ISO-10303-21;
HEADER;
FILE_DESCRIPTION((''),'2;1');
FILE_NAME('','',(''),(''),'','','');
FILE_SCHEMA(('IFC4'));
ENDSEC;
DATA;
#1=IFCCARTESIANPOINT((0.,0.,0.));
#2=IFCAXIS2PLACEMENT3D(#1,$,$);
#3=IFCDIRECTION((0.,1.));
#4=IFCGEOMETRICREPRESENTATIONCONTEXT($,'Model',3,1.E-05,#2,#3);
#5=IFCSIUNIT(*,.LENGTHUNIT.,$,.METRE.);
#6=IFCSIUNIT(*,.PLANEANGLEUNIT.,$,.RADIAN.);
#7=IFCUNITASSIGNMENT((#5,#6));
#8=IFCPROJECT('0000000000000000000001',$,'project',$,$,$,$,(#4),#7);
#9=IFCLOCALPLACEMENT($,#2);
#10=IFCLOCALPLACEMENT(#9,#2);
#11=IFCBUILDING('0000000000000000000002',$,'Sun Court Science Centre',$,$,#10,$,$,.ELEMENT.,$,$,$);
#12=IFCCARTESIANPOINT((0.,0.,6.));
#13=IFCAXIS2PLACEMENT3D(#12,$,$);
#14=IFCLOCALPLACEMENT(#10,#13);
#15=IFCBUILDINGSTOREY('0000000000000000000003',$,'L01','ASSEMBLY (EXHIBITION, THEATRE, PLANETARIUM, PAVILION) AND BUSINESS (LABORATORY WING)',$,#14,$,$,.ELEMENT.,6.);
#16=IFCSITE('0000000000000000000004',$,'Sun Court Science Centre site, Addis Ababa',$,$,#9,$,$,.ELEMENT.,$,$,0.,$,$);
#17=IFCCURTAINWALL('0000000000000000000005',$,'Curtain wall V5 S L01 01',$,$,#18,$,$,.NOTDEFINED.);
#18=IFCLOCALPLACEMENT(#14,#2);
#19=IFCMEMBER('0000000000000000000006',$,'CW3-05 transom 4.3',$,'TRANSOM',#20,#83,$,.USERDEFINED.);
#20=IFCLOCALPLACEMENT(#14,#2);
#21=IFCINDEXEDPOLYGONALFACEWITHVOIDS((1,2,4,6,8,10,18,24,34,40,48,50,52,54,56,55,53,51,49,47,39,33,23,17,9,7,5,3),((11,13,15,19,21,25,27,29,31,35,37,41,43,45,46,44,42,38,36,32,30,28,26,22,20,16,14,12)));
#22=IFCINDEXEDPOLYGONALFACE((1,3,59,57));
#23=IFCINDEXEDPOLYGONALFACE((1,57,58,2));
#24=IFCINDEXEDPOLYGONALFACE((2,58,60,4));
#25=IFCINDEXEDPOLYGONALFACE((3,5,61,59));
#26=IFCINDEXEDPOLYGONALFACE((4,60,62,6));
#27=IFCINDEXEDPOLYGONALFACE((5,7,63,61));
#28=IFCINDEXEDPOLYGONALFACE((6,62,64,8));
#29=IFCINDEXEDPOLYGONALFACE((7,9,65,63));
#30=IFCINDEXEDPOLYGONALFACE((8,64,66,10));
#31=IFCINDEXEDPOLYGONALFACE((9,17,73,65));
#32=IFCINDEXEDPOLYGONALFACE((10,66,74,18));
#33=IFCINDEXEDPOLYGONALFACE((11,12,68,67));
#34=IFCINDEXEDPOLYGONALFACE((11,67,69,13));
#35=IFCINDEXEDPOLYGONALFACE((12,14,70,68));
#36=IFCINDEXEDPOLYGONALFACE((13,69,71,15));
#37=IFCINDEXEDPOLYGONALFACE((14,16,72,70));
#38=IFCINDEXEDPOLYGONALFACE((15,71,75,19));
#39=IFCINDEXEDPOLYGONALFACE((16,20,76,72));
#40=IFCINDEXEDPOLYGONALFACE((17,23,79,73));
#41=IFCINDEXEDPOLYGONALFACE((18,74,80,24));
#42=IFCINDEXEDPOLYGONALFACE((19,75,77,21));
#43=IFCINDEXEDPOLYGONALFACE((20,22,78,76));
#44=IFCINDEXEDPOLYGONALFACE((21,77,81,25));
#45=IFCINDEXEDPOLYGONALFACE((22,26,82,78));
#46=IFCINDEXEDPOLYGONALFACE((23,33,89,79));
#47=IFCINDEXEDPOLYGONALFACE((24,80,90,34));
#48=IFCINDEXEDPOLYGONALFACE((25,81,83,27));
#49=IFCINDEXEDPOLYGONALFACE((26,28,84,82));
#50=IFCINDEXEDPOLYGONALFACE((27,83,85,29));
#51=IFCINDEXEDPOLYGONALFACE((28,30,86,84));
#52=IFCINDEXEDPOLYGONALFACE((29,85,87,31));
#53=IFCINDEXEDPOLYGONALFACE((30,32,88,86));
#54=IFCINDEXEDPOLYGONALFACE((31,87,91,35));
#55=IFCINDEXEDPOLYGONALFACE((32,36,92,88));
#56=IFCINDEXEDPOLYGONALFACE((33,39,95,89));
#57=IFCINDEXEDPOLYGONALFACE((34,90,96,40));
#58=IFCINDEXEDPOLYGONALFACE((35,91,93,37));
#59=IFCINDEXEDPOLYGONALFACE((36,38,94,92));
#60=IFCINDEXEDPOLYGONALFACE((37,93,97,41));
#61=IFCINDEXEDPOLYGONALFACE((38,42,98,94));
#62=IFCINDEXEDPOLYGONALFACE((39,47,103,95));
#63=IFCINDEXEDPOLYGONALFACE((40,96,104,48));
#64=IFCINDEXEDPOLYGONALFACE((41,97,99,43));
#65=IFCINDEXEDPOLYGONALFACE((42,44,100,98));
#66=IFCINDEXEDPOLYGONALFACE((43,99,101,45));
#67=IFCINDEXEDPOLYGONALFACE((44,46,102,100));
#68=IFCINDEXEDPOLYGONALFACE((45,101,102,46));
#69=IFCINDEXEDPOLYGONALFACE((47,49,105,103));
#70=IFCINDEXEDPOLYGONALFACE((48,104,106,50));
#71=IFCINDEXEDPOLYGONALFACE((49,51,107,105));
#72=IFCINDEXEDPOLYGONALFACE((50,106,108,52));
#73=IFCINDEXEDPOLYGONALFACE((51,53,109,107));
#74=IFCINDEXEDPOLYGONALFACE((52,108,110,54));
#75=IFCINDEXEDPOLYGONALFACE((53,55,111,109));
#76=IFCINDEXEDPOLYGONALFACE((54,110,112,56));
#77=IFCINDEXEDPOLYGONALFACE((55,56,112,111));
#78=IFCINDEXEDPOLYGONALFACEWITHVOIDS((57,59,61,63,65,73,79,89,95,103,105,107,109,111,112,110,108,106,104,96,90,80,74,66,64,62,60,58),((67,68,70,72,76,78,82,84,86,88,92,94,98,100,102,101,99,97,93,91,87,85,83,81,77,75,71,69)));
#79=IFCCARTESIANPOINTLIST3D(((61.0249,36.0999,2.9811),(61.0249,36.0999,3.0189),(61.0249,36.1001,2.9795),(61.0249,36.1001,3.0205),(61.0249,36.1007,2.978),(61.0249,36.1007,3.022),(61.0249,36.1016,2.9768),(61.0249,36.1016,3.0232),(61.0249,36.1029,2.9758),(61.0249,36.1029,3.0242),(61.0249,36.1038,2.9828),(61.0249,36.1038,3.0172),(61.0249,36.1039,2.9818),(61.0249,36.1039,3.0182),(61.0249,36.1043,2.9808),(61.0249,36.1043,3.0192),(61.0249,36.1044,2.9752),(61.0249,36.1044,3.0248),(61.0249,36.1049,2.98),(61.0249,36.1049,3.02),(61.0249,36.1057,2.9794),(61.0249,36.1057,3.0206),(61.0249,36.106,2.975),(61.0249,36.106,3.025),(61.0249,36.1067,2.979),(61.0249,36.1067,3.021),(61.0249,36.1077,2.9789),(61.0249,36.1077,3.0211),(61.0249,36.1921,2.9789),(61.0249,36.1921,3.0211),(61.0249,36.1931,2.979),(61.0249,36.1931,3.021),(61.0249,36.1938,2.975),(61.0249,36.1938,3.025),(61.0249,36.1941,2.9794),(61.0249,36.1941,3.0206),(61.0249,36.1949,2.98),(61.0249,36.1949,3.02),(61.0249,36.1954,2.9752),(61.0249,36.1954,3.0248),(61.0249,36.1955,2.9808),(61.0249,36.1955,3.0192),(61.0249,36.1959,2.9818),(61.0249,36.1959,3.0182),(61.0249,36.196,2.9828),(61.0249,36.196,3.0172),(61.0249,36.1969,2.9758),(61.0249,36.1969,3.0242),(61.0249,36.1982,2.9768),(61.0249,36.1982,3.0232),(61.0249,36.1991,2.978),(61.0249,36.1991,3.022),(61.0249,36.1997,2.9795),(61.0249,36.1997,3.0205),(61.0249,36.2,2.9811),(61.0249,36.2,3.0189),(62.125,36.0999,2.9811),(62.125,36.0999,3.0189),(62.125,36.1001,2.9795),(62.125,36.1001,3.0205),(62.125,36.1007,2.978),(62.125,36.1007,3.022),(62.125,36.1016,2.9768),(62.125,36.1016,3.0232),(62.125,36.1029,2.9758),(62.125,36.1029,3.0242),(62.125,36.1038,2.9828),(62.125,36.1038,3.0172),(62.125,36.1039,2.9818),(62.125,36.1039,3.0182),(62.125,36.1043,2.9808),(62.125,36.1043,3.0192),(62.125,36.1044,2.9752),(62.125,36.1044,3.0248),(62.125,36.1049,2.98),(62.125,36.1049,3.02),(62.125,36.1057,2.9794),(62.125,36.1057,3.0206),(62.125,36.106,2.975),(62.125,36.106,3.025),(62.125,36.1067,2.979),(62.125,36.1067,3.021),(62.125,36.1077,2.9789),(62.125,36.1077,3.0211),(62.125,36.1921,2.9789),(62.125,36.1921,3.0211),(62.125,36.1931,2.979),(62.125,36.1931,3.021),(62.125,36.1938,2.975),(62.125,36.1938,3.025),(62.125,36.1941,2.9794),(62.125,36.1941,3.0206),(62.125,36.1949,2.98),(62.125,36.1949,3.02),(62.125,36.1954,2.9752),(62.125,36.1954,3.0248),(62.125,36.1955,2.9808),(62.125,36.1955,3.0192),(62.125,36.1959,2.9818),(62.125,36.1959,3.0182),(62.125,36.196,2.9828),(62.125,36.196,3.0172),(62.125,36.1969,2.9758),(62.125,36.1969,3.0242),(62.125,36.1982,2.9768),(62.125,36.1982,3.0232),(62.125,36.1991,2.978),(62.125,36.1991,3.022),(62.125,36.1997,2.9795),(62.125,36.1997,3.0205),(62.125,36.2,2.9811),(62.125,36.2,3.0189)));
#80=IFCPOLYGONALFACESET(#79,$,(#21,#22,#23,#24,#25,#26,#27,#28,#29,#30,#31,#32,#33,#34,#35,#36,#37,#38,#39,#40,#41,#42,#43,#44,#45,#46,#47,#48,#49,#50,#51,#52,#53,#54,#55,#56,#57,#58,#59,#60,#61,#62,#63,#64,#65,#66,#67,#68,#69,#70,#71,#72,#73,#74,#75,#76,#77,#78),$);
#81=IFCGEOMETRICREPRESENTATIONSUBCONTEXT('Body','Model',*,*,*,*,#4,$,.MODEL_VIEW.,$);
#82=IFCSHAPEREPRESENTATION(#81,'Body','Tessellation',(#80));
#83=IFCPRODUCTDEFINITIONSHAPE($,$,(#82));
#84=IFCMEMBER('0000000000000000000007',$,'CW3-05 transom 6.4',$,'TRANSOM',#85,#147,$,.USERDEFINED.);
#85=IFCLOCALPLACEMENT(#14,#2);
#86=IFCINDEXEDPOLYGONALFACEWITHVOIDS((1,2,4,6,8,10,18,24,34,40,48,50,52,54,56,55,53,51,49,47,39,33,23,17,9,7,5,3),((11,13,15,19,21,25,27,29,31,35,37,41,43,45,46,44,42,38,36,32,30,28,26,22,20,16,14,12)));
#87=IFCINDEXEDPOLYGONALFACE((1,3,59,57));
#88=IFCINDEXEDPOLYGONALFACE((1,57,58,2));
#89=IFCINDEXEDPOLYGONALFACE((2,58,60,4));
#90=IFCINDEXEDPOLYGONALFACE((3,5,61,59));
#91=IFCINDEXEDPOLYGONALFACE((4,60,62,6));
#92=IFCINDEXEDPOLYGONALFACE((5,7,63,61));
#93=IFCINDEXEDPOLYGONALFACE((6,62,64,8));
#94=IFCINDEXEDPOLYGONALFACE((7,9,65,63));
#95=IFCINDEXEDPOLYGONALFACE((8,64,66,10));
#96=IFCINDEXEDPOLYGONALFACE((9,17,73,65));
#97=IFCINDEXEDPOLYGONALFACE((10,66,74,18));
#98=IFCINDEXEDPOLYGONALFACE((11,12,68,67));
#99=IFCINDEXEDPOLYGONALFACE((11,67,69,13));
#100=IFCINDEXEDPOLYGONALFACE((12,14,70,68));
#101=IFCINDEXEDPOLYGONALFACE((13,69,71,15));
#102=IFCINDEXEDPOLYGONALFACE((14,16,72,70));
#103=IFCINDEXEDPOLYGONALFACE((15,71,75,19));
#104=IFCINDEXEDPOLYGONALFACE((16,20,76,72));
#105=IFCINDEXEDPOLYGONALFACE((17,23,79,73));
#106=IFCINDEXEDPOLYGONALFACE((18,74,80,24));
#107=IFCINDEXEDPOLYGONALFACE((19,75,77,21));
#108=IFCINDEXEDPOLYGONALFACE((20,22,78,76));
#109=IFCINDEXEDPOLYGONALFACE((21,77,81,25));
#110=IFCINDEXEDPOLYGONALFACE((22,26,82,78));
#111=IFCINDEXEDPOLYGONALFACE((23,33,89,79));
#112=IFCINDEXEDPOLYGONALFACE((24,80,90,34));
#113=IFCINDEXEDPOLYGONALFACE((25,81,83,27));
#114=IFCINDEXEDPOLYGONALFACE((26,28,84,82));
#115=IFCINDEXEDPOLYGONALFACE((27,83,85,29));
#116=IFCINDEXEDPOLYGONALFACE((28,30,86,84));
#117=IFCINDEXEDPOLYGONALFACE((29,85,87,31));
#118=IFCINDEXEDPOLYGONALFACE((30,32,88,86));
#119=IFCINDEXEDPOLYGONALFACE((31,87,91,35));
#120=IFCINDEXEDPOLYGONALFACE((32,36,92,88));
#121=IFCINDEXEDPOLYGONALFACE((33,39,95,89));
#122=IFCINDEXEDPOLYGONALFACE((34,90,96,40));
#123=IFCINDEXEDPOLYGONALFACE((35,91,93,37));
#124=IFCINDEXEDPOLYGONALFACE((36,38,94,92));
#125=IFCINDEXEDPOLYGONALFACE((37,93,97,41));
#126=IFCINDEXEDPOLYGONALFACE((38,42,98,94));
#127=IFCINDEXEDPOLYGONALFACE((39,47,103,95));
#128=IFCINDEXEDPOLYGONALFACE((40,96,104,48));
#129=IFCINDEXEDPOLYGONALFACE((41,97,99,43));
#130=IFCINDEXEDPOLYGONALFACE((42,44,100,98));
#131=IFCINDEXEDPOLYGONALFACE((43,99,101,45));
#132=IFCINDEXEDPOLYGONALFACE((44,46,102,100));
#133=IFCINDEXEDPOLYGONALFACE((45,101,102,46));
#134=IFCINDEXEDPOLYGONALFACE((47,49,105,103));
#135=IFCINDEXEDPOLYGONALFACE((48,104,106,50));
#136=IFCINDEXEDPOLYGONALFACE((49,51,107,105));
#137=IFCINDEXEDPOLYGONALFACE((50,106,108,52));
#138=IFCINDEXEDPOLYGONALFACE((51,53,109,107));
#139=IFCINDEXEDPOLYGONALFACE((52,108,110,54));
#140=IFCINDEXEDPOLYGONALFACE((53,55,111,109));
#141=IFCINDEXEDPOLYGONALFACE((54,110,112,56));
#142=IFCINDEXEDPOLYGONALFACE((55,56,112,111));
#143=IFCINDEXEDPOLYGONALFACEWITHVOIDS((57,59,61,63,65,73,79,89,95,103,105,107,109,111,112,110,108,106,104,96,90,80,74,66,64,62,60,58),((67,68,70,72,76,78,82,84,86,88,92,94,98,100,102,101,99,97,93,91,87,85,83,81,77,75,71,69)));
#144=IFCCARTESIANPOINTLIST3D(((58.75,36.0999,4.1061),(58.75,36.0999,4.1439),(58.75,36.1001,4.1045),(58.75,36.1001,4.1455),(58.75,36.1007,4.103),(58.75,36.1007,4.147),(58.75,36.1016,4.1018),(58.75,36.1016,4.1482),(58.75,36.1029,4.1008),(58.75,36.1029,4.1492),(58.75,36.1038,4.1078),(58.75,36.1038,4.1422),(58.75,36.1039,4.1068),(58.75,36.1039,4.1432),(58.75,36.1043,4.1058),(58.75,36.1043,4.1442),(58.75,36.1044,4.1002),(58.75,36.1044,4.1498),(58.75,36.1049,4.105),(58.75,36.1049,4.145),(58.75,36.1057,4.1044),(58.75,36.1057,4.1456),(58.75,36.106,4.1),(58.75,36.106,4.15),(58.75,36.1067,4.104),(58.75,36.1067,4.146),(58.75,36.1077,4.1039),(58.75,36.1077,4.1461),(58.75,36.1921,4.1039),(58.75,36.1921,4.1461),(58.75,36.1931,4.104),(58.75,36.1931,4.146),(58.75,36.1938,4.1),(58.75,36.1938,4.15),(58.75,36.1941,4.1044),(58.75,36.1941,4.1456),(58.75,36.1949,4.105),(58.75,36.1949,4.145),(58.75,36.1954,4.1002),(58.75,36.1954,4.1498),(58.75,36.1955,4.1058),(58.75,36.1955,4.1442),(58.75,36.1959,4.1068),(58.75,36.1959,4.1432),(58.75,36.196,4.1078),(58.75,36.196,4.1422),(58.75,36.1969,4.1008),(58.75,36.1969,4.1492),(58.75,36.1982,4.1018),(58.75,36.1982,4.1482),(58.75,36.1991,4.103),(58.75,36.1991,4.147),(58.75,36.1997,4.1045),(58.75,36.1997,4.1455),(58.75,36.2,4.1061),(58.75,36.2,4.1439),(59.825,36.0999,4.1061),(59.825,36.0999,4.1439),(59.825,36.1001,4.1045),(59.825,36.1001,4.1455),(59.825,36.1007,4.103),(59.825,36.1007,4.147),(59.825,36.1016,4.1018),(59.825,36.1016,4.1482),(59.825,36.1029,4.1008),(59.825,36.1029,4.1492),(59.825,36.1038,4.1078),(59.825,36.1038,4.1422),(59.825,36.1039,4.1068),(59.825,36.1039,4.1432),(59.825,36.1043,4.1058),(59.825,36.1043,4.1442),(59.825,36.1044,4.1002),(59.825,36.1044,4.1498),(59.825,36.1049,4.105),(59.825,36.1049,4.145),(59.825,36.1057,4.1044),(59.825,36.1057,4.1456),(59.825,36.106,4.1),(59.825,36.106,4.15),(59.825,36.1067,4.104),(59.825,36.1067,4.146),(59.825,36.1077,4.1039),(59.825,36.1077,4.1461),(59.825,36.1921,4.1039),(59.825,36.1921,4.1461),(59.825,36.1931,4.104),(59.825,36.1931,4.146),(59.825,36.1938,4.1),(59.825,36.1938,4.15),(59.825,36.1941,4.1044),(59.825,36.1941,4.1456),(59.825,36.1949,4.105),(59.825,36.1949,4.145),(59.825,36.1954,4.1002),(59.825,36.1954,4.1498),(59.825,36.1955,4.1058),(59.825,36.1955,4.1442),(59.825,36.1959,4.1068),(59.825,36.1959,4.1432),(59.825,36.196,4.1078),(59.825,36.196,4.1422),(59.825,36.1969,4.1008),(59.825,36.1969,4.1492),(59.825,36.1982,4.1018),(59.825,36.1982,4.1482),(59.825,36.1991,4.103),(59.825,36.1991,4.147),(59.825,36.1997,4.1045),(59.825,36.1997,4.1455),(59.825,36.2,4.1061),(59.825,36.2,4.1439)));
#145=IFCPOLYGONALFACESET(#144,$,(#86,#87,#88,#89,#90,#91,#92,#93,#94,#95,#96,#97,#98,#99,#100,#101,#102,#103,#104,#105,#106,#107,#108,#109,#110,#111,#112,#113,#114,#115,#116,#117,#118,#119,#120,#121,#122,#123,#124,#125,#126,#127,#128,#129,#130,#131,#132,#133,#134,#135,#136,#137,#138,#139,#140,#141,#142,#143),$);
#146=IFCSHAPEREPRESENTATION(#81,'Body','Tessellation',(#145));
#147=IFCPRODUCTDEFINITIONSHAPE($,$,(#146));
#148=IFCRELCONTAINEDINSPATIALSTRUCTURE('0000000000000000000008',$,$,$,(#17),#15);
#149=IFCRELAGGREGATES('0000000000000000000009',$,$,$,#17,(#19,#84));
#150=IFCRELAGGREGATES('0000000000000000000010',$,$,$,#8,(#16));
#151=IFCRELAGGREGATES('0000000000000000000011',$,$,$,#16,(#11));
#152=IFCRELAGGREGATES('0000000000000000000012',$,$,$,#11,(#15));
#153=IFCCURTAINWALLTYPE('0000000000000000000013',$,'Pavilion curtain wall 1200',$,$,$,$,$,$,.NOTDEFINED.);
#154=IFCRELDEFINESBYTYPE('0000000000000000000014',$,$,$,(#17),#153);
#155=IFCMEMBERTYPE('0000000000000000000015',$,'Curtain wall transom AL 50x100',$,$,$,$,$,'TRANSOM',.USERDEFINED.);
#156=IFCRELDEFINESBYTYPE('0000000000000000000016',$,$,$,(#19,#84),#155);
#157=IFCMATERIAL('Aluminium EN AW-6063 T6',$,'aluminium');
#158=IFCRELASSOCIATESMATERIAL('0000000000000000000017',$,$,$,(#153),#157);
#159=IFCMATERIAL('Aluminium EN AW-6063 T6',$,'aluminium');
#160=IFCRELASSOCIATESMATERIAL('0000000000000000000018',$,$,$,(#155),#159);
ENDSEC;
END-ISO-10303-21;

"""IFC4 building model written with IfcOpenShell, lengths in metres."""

from ifc_helpers import new_model, si_unit, direction, frame, origin, origin_2d, place, context, subcontext, project, spatial, hollow_rectangle, extrude, material, material_profile, profile_set, type_object, element, aggregate, save


model = new_model("IFC4")

# Units and contexts
model_context = context("Model", 3, precision=1e-05, world=origin(), true_north=direction((0.0, 1.0)))
body_context = subcontext(model_context, "Body", "Model", "MODEL_VIEW")
ifc_project = project(units=[si_unit("LENGTHUNIT", "METRE"), si_unit("PLANEANGLEUNIT", "RADIAN")], contexts=[model_context])

# Site, building, storey
site_placement = place(None, origin())
site = spatial("IfcSite", under=ifc_project, at=site_placement, Name="Sun Court Science Centre site, Addis Ababa", CompositionType="ELEMENT", RefElevation=0.0)
building_placement = place(site_placement, origin())
building = spatial("IfcBuilding", under=site, at=building_placement, Name="Sun Court Science Centre", CompositionType="ELEMENT")
storey_placement = place(building_placement, frame((0.0, 0.0, 6.0)))
storey = spatial("IfcBuildingStorey", under=building, at=storey_placement, Name="L01", Description="ASSEMBLY (EXHIBITION, THEATRE, PLANETARIUM, PAVILION) AND BUSINESS (LABORATORY WING)", CompositionType="ELEMENT", Elevation=6.0)

# Curtain wall
ifc_material_1 = material(Name="Aluminium EN AW-6063 T6", Category="aluminium")
curtain_wall_type = type_object("IfcCurtainWallType", Name="Pavilion curtain wall 1200", PredefinedType="NOTDEFINED", material=ifc_material_1)
curtain_wall_1_placement = place(storey_placement, origin())
curtain_wall_1 = element("IfcCurtainWall", 1, at=curtain_wall_1_placement, inside=storey, type_object=curtain_wall_type, Name="Curtain wall V5 S L01 01", PredefinedType="NOTDEFINED")

# Members
ifc_material_2 = material(Name="Aluminium EN AW-6063 T6", Category="aluminium")
ifc_material_profile_1 = material_profile(ifc_material_2, hollow_rectangle(XDim=0.05, YDim=0.1001, WallThickness=0.0039, InnerFilletRadius=0.0039, OuterFilletRadius=0.0061, at=origin_2d()), Name="AL 50x100x4")
ifc_profile_set_1 = profile_set([ifc_material_profile_1], Name="Aluminium EN AW-6063 T6")
member_type_1 = type_object("IfcMemberType", Name="Curtain wall transom AL 50x100", ElementType="TRANSOM", PredefinedType="USERDEFINED", material=ifc_profile_set_1)
member_1_placement = place(storey_placement, frame((62.125, 36.1499, 3.0), z_axis=(-1.0, 0.0, 0.0), x_axis=(0.0, 0.0, 1.0)))
member_1 = element("IfcMember", 2, at=member_1_placement, type_object=member_type_1, Name="CW3-05 transom 4.3", ObjectType="TRANSOM", PredefinedType="USERDEFINED", context=body_context, shape_type="SweptSolid", body=[
    extrude(hollow_rectangle(XDim=0.05, YDim=0.1001, WallThickness=0.0039, InnerFilletRadius=0.0039, OuterFilletRadius=0.0061, at=origin_2d()), origin(), (0.0, 0.0, 1.0), 1.1001),
])
member_2_placement = place(storey_placement, frame((59.825, 36.1499, 4.125), z_axis=(-1.0, 0.0, 0.0), x_axis=(0.0, 0.0, 1.0)))
member_2 = element("IfcMember", 3, at=member_2_placement, type_object=member_type_1, Name="CW3-05 transom 6.4", ObjectType="TRANSOM", PredefinedType="USERDEFINED", context=body_context, shape_type="SweptSolid", body=[
    extrude(hollow_rectangle(XDim=0.05, YDim=0.1001, WallThickness=0.0039, InnerFilletRadius=0.0039, OuterFilletRadius=0.0061, at=origin_2d()), origin(), (0.0, 0.0, 1.0), 1.075),
])

aggregate(curtain_wall_1, [member_1, member_2])

save(model, "model.ifc")
